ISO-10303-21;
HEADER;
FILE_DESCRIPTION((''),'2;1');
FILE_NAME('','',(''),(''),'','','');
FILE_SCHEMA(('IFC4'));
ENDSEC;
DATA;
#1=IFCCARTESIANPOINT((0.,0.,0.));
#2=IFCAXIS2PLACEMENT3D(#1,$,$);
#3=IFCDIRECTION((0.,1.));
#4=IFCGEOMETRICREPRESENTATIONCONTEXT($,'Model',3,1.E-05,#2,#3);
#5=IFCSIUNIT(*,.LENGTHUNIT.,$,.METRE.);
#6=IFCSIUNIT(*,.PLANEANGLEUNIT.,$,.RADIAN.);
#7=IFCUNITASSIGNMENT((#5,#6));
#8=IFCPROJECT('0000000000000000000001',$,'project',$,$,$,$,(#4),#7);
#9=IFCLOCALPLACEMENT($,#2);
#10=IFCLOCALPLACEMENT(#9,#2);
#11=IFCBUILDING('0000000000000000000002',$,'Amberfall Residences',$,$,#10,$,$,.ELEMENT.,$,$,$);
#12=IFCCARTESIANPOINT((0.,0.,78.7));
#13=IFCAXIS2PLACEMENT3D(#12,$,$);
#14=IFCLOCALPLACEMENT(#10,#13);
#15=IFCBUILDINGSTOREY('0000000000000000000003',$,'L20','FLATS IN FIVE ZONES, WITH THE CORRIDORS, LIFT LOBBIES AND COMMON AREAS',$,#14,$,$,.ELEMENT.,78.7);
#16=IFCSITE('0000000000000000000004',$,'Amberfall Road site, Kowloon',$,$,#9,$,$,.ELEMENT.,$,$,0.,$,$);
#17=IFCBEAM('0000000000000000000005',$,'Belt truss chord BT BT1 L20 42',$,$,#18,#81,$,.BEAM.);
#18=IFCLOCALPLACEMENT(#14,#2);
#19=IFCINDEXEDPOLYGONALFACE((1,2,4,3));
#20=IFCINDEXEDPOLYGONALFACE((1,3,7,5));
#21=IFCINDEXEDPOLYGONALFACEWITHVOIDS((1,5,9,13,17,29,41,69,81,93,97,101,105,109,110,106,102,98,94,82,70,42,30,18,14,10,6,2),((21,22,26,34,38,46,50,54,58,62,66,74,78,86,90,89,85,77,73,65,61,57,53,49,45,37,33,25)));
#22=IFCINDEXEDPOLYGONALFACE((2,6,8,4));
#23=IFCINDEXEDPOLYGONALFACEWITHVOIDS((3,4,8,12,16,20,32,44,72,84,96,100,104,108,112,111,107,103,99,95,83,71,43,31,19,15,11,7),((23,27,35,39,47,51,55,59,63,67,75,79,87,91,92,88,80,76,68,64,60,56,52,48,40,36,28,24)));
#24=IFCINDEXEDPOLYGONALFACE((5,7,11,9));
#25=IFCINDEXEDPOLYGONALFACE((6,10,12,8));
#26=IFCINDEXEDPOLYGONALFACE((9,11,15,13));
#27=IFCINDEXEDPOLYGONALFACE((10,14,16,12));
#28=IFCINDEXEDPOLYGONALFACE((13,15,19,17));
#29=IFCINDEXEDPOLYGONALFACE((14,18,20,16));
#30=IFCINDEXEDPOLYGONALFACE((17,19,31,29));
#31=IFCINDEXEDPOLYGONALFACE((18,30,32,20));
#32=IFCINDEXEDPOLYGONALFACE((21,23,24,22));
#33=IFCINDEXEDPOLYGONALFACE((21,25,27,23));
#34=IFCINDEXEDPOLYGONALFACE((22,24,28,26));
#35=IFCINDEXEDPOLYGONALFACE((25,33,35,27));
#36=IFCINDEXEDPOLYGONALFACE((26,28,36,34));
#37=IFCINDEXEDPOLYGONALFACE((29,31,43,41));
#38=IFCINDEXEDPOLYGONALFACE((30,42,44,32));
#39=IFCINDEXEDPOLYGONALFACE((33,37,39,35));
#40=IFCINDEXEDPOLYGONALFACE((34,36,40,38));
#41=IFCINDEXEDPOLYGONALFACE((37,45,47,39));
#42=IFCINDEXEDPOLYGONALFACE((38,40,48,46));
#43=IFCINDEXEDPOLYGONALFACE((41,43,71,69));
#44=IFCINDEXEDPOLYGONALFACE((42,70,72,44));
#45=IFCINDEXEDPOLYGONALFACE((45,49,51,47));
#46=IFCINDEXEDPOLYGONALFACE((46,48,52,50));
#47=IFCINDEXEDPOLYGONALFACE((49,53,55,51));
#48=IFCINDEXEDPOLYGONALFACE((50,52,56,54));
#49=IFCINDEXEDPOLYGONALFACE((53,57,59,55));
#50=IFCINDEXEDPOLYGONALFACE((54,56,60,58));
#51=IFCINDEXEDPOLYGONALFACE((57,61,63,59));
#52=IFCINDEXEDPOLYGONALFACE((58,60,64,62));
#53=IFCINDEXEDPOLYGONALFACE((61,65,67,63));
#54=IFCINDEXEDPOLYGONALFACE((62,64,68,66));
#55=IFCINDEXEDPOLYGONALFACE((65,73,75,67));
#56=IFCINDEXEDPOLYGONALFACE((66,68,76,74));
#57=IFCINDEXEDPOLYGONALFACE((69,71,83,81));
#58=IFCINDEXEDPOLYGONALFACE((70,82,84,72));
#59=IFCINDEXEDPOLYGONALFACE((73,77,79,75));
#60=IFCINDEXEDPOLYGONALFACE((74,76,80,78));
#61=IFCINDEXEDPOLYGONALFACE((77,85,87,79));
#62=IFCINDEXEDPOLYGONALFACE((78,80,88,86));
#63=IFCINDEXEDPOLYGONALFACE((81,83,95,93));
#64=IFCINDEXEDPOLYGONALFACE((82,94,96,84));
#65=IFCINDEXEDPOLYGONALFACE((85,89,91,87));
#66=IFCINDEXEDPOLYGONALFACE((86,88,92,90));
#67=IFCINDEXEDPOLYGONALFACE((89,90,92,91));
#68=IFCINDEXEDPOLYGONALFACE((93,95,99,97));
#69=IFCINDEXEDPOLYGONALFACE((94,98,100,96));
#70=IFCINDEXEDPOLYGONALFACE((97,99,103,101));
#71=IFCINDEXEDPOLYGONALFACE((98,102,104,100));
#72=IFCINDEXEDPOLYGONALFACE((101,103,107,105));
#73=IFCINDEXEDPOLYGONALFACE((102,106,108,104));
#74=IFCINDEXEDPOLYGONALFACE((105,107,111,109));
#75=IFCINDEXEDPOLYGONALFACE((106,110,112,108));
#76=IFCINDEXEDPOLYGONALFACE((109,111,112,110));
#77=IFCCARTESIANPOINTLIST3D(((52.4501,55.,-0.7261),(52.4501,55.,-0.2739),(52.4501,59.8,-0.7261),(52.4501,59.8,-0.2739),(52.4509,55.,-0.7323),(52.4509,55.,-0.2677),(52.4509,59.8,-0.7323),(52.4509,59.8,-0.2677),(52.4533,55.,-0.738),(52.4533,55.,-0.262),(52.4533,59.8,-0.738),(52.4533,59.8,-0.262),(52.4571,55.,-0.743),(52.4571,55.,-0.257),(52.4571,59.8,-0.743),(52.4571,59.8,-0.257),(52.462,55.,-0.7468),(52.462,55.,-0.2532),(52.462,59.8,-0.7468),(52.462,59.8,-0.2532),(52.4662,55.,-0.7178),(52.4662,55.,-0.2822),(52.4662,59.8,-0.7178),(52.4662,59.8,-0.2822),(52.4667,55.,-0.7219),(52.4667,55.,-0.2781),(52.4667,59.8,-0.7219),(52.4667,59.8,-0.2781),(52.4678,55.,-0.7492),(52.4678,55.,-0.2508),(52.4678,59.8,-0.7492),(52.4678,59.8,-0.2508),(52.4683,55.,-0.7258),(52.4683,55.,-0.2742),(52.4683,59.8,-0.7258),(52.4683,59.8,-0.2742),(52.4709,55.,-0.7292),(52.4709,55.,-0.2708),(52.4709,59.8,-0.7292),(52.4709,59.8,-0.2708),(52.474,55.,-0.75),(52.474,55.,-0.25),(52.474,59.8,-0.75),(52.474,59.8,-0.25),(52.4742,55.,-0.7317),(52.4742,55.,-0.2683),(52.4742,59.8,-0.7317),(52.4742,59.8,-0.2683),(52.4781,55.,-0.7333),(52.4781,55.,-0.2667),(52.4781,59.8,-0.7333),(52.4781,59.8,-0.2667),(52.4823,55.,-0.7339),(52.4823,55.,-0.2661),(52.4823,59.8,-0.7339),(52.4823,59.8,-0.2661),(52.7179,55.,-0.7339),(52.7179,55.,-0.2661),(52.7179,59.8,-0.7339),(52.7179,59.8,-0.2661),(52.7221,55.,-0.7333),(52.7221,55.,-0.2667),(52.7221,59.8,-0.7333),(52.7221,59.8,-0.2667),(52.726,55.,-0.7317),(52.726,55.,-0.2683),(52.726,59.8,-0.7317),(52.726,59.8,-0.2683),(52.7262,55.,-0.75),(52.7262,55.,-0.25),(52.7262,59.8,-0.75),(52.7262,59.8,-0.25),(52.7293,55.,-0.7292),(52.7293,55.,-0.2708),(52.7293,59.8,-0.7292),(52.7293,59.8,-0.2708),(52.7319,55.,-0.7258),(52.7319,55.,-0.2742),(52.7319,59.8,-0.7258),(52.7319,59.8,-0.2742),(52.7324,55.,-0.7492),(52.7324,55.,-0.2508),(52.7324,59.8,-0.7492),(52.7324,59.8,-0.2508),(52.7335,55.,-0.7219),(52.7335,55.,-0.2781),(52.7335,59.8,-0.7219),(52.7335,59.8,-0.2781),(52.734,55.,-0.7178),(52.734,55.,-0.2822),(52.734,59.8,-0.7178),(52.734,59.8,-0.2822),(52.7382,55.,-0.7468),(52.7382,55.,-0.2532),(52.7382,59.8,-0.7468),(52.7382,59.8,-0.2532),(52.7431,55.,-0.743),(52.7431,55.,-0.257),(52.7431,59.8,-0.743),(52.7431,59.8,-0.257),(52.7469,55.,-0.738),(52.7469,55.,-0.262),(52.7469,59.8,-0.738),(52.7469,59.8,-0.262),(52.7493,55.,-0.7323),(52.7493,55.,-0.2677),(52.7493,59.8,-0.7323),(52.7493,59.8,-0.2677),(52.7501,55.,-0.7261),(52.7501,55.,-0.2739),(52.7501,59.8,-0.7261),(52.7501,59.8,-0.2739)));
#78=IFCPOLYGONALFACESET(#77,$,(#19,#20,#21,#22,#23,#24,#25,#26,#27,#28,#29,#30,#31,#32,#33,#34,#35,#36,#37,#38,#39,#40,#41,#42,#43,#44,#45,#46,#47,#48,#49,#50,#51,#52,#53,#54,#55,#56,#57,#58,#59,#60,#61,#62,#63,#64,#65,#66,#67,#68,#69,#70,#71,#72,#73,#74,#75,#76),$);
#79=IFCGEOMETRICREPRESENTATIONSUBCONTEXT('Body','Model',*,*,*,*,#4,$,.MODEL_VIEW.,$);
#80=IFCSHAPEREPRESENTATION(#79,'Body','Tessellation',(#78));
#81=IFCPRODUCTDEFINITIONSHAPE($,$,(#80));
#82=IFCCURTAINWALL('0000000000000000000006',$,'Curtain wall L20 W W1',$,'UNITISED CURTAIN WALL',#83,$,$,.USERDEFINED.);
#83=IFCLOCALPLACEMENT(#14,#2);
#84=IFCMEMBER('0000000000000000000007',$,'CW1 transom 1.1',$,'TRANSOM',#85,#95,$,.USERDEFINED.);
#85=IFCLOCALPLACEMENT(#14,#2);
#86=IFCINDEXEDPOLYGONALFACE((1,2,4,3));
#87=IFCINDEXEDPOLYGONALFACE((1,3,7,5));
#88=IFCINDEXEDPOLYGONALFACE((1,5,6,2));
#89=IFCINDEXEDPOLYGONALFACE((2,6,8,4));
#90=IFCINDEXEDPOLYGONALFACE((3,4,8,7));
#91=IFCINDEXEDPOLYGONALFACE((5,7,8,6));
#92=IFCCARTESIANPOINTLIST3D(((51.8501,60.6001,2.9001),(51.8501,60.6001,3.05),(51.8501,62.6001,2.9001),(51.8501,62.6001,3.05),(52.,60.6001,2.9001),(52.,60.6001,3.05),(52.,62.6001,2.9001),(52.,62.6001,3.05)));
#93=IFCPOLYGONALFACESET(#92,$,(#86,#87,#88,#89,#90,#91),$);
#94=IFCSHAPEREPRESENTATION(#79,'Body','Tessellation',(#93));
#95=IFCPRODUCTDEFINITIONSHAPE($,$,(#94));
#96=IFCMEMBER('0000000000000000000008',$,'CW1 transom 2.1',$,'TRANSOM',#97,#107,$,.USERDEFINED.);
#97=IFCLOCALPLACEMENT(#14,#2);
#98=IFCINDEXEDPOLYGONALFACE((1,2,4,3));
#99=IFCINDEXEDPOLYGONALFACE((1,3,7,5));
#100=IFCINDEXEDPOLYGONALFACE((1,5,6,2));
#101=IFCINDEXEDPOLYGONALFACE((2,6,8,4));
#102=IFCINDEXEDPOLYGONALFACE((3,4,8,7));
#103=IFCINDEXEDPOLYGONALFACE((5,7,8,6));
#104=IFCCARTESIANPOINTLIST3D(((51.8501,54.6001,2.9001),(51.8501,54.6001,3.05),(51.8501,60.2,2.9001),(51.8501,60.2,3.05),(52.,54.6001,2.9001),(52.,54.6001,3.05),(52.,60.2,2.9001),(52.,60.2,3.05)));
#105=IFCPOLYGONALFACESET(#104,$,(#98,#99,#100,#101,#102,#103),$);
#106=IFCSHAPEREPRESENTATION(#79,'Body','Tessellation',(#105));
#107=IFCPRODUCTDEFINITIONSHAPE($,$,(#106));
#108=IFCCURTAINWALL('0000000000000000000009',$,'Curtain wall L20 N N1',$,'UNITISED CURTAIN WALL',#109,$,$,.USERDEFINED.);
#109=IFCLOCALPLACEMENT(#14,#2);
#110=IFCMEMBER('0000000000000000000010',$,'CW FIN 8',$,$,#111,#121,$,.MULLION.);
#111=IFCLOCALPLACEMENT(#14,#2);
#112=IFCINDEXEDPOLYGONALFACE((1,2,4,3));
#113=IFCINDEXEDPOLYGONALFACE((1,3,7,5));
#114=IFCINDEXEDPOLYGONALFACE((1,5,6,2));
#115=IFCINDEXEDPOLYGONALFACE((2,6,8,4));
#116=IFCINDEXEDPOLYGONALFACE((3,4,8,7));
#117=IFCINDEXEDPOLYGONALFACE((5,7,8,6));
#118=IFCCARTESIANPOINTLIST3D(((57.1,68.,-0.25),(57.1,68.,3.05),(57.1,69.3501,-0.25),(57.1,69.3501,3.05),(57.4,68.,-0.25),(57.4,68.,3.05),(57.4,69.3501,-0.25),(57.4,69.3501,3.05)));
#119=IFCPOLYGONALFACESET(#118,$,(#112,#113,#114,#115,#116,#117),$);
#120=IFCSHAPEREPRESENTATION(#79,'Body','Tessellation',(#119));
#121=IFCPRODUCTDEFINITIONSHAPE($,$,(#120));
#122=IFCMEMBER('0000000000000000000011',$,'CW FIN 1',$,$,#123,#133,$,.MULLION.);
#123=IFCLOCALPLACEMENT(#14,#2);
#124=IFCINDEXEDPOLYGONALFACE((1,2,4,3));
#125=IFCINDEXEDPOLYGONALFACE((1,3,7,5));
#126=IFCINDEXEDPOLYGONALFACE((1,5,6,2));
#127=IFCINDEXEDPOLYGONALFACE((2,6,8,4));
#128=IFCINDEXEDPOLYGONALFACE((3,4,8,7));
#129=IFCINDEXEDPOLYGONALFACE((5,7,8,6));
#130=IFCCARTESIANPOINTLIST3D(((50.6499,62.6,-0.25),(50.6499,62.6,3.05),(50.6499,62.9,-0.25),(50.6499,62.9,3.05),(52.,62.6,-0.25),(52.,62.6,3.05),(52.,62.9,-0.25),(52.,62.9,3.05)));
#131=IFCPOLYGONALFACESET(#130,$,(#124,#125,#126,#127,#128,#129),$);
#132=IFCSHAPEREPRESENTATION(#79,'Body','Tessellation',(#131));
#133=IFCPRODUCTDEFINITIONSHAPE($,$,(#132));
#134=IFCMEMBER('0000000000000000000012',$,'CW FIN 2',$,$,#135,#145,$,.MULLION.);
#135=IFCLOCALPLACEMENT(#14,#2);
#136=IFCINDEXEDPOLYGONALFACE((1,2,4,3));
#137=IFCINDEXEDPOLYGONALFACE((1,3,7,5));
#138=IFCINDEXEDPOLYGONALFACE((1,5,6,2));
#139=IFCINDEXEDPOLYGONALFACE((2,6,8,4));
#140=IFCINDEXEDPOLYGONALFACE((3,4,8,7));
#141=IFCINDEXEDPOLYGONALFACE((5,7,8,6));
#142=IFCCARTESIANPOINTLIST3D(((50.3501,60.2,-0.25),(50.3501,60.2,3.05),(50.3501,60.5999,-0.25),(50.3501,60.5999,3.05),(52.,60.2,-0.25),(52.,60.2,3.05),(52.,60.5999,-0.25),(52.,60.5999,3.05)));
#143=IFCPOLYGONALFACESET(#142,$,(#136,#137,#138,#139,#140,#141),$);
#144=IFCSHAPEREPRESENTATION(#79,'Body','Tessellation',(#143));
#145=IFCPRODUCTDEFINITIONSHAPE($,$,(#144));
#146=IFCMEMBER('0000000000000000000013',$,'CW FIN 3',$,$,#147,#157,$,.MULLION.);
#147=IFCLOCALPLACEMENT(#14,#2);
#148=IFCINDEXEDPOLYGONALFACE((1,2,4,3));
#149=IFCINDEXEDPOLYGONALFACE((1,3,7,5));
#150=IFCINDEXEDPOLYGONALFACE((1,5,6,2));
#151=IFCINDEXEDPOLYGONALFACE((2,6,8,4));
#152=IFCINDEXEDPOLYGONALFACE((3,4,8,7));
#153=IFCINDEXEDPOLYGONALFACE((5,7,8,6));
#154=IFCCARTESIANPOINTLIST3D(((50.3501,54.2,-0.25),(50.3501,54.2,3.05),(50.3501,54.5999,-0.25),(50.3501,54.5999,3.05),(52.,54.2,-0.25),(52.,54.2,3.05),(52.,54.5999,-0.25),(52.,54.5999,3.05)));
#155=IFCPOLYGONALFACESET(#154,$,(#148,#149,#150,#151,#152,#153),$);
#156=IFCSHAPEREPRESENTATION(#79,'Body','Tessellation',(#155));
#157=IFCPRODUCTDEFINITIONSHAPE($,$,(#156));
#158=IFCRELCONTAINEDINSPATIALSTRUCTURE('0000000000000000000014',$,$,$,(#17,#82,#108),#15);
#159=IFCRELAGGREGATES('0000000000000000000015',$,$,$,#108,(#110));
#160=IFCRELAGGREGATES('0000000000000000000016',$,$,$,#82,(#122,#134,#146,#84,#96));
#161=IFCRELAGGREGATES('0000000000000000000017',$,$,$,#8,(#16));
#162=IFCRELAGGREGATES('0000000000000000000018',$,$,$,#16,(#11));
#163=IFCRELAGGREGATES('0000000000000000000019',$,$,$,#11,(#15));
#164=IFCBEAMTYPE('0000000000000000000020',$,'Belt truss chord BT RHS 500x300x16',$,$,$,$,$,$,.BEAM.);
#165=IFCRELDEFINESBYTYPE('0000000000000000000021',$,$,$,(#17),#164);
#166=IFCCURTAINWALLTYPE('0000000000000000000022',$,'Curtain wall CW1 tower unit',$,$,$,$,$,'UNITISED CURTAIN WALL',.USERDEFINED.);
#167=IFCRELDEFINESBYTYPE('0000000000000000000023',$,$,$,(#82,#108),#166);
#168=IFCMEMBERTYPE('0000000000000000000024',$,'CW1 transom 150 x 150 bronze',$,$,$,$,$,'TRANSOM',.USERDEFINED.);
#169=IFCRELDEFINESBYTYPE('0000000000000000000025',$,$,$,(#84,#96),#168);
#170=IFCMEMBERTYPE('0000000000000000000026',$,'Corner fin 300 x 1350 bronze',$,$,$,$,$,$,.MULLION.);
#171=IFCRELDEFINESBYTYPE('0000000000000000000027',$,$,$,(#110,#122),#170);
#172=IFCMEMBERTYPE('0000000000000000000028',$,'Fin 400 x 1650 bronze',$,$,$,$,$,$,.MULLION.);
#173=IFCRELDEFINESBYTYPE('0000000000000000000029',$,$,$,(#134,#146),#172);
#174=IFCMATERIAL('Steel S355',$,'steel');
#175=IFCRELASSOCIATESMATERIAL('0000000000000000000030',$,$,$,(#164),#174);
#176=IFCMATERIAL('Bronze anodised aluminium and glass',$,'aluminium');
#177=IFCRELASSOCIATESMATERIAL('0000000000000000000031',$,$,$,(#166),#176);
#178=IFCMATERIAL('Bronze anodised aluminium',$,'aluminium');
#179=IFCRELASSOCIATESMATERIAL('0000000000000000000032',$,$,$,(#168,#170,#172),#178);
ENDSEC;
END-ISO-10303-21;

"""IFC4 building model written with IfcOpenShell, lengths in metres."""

from ifc_helpers import new_model, si_unit, direction, frame, origin, origin_2d, place, context, subcontext, project, spatial, rectangle, hollow_rectangle, extrude, material, material_profile, profile_set, type_object, element, aggregate, save


model = new_model("IFC4")

# Units and contexts
model_context = context("Model", 3, precision=1e-05, world=origin(), true_north=direction((0.0, 1.0)))
body_context = subcontext(model_context, "Body", "Model", "MODEL_VIEW")
ifc_project = project(units=[si_unit("LENGTHUNIT", "METRE"), si_unit("PLANEANGLEUNIT", "RADIAN")], contexts=[model_context])

# Site, building, storey
site_placement = place(None, origin())
site = spatial("IfcSite", under=ifc_project, at=site_placement, Name="Amberfall Road site, Kowloon", CompositionType="ELEMENT", RefElevation=0.0)
building_placement = place(site_placement, origin())
building = spatial("IfcBuilding", under=site, at=building_placement, Name="Amberfall Residences", CompositionType="ELEMENT")
storey_placement = place(building_placement, frame((0.0, 0.0, 78.7)))
storey = spatial("IfcBuildingStorey", under=building, at=storey_placement, Name="L20", Description="FLATS IN FIVE ZONES, WITH THE CORRIDORS, LIFT LOBBIES AND COMMON AREAS", CompositionType="ELEMENT", Elevation=78.7)

# Beam
ifc_material_1 = material(Name="Steel S355", Category="steel")
ifc_material_profile_1 = material_profile(ifc_material_1, hollow_rectangle(XDim=0.3, YDim=0.5, WallThickness=0.0161, InnerFilletRadius=0.0161, OuterFilletRadius=0.0239, at=origin_2d()), Name="RHS 500x300x16")
ifc_profile_set_1 = profile_set([ifc_material_profile_1], Name="Steel S355")
beam_type_1 = type_object("IfcBeamType", Name="Belt truss chord BT RHS 500x300x16", PredefinedType="BEAM", material=ifc_profile_set_1)
beam_1_placement = place(storey_placement, frame((52.6001, 55.0, -0.5), z_axis=(0.0, 1.0, 0.0), x_axis=(-1.0, 0.0, 0.0)))
element("IfcBeam", 1, at=beam_1_placement, inside=storey, type_object=beam_type_1, Name="Belt truss chord BT BT1 L20 42", PredefinedType="BEAM", context=body_context, shape_type="SweptSolid", body=[
    extrude(hollow_rectangle(XDim=0.3, YDim=0.5, WallThickness=0.0161, InnerFilletRadius=0.0161, OuterFilletRadius=0.0239, at=origin_2d()), origin(), (0.0, 0.0, 1.0), 4.8),
])

# Curtain wall, members
ifc_material_2 = material(Name="Bronze anodised aluminium and glass", Category="aluminium")
curtain_wall_type = type_object("IfcCurtainWallType", Name="Curtain wall CW1 tower unit", ElementType="UNITISED CURTAIN WALL", PredefinedType="USERDEFINED", material=ifc_material_2)
curtain_wall_1_placement = place(storey_placement, origin())
curtain_wall_1 = element("IfcCurtainWall", 2, at=curtain_wall_1_placement, inside=storey, type_object=curtain_wall_type, Name="Curtain wall L20 W W1", ObjectType="UNITISED CURTAIN WALL", PredefinedType="USERDEFINED")
ifc_material_3 = material(Name="Bronze anodised aluminium", Category="aluminium")
ifc_material_profile_2 = material_profile(ifc_material_3, rectangle(XDim=0.1499, YDim=0.1499, at=origin_2d()), Name="CW1 transom 150 x 150 bronze")
ifc_profile_set_2 = profile_set([ifc_material_profile_2], Name="Bronze anodised aluminium")
member_type_1 = type_object("IfcMemberType", Name="CW1 transom 150 x 150 bronze", ElementType="TRANSOM", PredefinedType="USERDEFINED", material=ifc_profile_set_2)
member_1_placement = place(storey_placement, frame((51.925, 62.6001, 2.9751), z_axis=(0.0, -1.0, 0.0), x_axis=(1.0, 0.0, 0.0)))
member_1 = element("IfcMember", 3, at=member_1_placement, type_object=member_type_1, Name="CW1 transom 1.1", ObjectType="TRANSOM", PredefinedType="USERDEFINED", context=body_context, shape_type="SweptSolid", body=[
    extrude(rectangle(XDim=0.1499, YDim=0.1499, at=origin_2d()), origin(), (0.0, 0.0, 1.0), 2.0),
])
member_2_placement = place(storey_placement, frame((51.925, 60.2, 2.9751), z_axis=(0.0, -1.0, 0.0), x_axis=(1.0, 0.0, 0.0)))
member_2 = element("IfcMember", 4, at=member_2_placement, type_object=member_type_1, Name="CW1 transom 2.1", ObjectType="TRANSOM", PredefinedType="USERDEFINED", context=body_context, shape_type="SweptSolid", body=[
    extrude(rectangle(XDim=0.1499, YDim=0.1499, at=origin_2d()), origin(), (0.0, 0.0, 1.0), 5.5999),
])

# Curtain wall, member
curtain_wall_2_placement = place(storey_placement, origin())
curtain_wall_2 = element("IfcCurtainWall", 5, at=curtain_wall_2_placement, inside=storey, type_object=curtain_wall_type, Name="Curtain wall L20 N N1", ObjectType="UNITISED CURTAIN WALL", PredefinedType="USERDEFINED")
ifc_material_profile_3 = material_profile(ifc_material_3, rectangle(XDim=1.3501, YDim=0.3, at=origin_2d()), Name="Corner fin 300 x 1350 bronze")
ifc_profile_set_3 = profile_set([ifc_material_profile_3], Name="Bronze anodised aluminium")
member_type_2 = type_object("IfcMemberType", Name="Corner fin 300 x 1350 bronze", PredefinedType="MULLION", material=ifc_profile_set_3)
member_3_placement = place(storey_placement, frame((57.25, 68.675, -0.25), z_axis=(0.0, 0.0, 1.0), x_axis=(0.0, -1.0, 0.0)))
member_3 = element("IfcMember", 6, at=member_3_placement, type_object=member_type_2, Name="CW FIN 8", PredefinedType="MULLION", context=body_context, shape_type="SweptSolid", body=[
    extrude(rectangle(XDim=1.3501, YDim=0.3, at=origin_2d()), origin(), (0.0, 0.0, 1.0), 3.3),
])

# Members
member_4_placement = place(storey_placement, frame((51.325, 62.75, -0.25), z_axis=(0.0, 0.0, 1.0), x_axis=(1.0, 0.0, 0.0)))
member_4 = element("IfcMember", 7, at=member_4_placement, type_object=member_type_2, Name="CW FIN 1", PredefinedType="MULLION", context=body_context, shape_type="SweptSolid", body=[
    extrude(rectangle(XDim=1.3501, YDim=0.3, at=origin_2d()), origin(), (0.0, 0.0, 1.0), 3.3),
])
ifc_material_profile_4 = material_profile(ifc_material_3, rectangle(XDim=1.6499, YDim=0.3999, at=origin_2d()), Name="Fin 400 x 1650 bronze")
ifc_profile_set_4 = profile_set([ifc_material_profile_4], Name="Bronze anodised aluminium")
member_type_3 = type_object("IfcMemberType", Name="Fin 400 x 1650 bronze", PredefinedType="MULLION", material=ifc_profile_set_4)
member_5_placement = place(storey_placement, frame((51.175, 60.3999, -0.25), z_axis=(0.0, 0.0, 1.0), x_axis=(1.0, 0.0, 0.0)))
member_5 = element("IfcMember", 8, at=member_5_placement, type_object=member_type_3, Name="CW FIN 2", PredefinedType="MULLION", context=body_context, shape_type="SweptSolid", body=[
    extrude(rectangle(XDim=1.6499, YDim=0.3999, at=origin_2d()), origin(), (0.0, 0.0, 1.0), 3.3),
])
member_6_placement = place(storey_placement, frame((51.175, 54.3999, -0.25), z_axis=(0.0, 0.0, 1.0), x_axis=(1.0, 0.0, 0.0)))
member_6 = element("IfcMember", 9, at=member_6_placement, type_object=member_type_3, Name="CW FIN 3", PredefinedType="MULLION", context=body_context, shape_type="SweptSolid", body=[
    extrude(rectangle(XDim=1.6499, YDim=0.3999, at=origin_2d()), origin(), (0.0, 0.0, 1.0), 3.3),
])

aggregate(curtain_wall_2, [member_3])
aggregate(curtain_wall_1, [member_4, member_5, member_6, member_1, member_2])

save(model, "model.ifc")
